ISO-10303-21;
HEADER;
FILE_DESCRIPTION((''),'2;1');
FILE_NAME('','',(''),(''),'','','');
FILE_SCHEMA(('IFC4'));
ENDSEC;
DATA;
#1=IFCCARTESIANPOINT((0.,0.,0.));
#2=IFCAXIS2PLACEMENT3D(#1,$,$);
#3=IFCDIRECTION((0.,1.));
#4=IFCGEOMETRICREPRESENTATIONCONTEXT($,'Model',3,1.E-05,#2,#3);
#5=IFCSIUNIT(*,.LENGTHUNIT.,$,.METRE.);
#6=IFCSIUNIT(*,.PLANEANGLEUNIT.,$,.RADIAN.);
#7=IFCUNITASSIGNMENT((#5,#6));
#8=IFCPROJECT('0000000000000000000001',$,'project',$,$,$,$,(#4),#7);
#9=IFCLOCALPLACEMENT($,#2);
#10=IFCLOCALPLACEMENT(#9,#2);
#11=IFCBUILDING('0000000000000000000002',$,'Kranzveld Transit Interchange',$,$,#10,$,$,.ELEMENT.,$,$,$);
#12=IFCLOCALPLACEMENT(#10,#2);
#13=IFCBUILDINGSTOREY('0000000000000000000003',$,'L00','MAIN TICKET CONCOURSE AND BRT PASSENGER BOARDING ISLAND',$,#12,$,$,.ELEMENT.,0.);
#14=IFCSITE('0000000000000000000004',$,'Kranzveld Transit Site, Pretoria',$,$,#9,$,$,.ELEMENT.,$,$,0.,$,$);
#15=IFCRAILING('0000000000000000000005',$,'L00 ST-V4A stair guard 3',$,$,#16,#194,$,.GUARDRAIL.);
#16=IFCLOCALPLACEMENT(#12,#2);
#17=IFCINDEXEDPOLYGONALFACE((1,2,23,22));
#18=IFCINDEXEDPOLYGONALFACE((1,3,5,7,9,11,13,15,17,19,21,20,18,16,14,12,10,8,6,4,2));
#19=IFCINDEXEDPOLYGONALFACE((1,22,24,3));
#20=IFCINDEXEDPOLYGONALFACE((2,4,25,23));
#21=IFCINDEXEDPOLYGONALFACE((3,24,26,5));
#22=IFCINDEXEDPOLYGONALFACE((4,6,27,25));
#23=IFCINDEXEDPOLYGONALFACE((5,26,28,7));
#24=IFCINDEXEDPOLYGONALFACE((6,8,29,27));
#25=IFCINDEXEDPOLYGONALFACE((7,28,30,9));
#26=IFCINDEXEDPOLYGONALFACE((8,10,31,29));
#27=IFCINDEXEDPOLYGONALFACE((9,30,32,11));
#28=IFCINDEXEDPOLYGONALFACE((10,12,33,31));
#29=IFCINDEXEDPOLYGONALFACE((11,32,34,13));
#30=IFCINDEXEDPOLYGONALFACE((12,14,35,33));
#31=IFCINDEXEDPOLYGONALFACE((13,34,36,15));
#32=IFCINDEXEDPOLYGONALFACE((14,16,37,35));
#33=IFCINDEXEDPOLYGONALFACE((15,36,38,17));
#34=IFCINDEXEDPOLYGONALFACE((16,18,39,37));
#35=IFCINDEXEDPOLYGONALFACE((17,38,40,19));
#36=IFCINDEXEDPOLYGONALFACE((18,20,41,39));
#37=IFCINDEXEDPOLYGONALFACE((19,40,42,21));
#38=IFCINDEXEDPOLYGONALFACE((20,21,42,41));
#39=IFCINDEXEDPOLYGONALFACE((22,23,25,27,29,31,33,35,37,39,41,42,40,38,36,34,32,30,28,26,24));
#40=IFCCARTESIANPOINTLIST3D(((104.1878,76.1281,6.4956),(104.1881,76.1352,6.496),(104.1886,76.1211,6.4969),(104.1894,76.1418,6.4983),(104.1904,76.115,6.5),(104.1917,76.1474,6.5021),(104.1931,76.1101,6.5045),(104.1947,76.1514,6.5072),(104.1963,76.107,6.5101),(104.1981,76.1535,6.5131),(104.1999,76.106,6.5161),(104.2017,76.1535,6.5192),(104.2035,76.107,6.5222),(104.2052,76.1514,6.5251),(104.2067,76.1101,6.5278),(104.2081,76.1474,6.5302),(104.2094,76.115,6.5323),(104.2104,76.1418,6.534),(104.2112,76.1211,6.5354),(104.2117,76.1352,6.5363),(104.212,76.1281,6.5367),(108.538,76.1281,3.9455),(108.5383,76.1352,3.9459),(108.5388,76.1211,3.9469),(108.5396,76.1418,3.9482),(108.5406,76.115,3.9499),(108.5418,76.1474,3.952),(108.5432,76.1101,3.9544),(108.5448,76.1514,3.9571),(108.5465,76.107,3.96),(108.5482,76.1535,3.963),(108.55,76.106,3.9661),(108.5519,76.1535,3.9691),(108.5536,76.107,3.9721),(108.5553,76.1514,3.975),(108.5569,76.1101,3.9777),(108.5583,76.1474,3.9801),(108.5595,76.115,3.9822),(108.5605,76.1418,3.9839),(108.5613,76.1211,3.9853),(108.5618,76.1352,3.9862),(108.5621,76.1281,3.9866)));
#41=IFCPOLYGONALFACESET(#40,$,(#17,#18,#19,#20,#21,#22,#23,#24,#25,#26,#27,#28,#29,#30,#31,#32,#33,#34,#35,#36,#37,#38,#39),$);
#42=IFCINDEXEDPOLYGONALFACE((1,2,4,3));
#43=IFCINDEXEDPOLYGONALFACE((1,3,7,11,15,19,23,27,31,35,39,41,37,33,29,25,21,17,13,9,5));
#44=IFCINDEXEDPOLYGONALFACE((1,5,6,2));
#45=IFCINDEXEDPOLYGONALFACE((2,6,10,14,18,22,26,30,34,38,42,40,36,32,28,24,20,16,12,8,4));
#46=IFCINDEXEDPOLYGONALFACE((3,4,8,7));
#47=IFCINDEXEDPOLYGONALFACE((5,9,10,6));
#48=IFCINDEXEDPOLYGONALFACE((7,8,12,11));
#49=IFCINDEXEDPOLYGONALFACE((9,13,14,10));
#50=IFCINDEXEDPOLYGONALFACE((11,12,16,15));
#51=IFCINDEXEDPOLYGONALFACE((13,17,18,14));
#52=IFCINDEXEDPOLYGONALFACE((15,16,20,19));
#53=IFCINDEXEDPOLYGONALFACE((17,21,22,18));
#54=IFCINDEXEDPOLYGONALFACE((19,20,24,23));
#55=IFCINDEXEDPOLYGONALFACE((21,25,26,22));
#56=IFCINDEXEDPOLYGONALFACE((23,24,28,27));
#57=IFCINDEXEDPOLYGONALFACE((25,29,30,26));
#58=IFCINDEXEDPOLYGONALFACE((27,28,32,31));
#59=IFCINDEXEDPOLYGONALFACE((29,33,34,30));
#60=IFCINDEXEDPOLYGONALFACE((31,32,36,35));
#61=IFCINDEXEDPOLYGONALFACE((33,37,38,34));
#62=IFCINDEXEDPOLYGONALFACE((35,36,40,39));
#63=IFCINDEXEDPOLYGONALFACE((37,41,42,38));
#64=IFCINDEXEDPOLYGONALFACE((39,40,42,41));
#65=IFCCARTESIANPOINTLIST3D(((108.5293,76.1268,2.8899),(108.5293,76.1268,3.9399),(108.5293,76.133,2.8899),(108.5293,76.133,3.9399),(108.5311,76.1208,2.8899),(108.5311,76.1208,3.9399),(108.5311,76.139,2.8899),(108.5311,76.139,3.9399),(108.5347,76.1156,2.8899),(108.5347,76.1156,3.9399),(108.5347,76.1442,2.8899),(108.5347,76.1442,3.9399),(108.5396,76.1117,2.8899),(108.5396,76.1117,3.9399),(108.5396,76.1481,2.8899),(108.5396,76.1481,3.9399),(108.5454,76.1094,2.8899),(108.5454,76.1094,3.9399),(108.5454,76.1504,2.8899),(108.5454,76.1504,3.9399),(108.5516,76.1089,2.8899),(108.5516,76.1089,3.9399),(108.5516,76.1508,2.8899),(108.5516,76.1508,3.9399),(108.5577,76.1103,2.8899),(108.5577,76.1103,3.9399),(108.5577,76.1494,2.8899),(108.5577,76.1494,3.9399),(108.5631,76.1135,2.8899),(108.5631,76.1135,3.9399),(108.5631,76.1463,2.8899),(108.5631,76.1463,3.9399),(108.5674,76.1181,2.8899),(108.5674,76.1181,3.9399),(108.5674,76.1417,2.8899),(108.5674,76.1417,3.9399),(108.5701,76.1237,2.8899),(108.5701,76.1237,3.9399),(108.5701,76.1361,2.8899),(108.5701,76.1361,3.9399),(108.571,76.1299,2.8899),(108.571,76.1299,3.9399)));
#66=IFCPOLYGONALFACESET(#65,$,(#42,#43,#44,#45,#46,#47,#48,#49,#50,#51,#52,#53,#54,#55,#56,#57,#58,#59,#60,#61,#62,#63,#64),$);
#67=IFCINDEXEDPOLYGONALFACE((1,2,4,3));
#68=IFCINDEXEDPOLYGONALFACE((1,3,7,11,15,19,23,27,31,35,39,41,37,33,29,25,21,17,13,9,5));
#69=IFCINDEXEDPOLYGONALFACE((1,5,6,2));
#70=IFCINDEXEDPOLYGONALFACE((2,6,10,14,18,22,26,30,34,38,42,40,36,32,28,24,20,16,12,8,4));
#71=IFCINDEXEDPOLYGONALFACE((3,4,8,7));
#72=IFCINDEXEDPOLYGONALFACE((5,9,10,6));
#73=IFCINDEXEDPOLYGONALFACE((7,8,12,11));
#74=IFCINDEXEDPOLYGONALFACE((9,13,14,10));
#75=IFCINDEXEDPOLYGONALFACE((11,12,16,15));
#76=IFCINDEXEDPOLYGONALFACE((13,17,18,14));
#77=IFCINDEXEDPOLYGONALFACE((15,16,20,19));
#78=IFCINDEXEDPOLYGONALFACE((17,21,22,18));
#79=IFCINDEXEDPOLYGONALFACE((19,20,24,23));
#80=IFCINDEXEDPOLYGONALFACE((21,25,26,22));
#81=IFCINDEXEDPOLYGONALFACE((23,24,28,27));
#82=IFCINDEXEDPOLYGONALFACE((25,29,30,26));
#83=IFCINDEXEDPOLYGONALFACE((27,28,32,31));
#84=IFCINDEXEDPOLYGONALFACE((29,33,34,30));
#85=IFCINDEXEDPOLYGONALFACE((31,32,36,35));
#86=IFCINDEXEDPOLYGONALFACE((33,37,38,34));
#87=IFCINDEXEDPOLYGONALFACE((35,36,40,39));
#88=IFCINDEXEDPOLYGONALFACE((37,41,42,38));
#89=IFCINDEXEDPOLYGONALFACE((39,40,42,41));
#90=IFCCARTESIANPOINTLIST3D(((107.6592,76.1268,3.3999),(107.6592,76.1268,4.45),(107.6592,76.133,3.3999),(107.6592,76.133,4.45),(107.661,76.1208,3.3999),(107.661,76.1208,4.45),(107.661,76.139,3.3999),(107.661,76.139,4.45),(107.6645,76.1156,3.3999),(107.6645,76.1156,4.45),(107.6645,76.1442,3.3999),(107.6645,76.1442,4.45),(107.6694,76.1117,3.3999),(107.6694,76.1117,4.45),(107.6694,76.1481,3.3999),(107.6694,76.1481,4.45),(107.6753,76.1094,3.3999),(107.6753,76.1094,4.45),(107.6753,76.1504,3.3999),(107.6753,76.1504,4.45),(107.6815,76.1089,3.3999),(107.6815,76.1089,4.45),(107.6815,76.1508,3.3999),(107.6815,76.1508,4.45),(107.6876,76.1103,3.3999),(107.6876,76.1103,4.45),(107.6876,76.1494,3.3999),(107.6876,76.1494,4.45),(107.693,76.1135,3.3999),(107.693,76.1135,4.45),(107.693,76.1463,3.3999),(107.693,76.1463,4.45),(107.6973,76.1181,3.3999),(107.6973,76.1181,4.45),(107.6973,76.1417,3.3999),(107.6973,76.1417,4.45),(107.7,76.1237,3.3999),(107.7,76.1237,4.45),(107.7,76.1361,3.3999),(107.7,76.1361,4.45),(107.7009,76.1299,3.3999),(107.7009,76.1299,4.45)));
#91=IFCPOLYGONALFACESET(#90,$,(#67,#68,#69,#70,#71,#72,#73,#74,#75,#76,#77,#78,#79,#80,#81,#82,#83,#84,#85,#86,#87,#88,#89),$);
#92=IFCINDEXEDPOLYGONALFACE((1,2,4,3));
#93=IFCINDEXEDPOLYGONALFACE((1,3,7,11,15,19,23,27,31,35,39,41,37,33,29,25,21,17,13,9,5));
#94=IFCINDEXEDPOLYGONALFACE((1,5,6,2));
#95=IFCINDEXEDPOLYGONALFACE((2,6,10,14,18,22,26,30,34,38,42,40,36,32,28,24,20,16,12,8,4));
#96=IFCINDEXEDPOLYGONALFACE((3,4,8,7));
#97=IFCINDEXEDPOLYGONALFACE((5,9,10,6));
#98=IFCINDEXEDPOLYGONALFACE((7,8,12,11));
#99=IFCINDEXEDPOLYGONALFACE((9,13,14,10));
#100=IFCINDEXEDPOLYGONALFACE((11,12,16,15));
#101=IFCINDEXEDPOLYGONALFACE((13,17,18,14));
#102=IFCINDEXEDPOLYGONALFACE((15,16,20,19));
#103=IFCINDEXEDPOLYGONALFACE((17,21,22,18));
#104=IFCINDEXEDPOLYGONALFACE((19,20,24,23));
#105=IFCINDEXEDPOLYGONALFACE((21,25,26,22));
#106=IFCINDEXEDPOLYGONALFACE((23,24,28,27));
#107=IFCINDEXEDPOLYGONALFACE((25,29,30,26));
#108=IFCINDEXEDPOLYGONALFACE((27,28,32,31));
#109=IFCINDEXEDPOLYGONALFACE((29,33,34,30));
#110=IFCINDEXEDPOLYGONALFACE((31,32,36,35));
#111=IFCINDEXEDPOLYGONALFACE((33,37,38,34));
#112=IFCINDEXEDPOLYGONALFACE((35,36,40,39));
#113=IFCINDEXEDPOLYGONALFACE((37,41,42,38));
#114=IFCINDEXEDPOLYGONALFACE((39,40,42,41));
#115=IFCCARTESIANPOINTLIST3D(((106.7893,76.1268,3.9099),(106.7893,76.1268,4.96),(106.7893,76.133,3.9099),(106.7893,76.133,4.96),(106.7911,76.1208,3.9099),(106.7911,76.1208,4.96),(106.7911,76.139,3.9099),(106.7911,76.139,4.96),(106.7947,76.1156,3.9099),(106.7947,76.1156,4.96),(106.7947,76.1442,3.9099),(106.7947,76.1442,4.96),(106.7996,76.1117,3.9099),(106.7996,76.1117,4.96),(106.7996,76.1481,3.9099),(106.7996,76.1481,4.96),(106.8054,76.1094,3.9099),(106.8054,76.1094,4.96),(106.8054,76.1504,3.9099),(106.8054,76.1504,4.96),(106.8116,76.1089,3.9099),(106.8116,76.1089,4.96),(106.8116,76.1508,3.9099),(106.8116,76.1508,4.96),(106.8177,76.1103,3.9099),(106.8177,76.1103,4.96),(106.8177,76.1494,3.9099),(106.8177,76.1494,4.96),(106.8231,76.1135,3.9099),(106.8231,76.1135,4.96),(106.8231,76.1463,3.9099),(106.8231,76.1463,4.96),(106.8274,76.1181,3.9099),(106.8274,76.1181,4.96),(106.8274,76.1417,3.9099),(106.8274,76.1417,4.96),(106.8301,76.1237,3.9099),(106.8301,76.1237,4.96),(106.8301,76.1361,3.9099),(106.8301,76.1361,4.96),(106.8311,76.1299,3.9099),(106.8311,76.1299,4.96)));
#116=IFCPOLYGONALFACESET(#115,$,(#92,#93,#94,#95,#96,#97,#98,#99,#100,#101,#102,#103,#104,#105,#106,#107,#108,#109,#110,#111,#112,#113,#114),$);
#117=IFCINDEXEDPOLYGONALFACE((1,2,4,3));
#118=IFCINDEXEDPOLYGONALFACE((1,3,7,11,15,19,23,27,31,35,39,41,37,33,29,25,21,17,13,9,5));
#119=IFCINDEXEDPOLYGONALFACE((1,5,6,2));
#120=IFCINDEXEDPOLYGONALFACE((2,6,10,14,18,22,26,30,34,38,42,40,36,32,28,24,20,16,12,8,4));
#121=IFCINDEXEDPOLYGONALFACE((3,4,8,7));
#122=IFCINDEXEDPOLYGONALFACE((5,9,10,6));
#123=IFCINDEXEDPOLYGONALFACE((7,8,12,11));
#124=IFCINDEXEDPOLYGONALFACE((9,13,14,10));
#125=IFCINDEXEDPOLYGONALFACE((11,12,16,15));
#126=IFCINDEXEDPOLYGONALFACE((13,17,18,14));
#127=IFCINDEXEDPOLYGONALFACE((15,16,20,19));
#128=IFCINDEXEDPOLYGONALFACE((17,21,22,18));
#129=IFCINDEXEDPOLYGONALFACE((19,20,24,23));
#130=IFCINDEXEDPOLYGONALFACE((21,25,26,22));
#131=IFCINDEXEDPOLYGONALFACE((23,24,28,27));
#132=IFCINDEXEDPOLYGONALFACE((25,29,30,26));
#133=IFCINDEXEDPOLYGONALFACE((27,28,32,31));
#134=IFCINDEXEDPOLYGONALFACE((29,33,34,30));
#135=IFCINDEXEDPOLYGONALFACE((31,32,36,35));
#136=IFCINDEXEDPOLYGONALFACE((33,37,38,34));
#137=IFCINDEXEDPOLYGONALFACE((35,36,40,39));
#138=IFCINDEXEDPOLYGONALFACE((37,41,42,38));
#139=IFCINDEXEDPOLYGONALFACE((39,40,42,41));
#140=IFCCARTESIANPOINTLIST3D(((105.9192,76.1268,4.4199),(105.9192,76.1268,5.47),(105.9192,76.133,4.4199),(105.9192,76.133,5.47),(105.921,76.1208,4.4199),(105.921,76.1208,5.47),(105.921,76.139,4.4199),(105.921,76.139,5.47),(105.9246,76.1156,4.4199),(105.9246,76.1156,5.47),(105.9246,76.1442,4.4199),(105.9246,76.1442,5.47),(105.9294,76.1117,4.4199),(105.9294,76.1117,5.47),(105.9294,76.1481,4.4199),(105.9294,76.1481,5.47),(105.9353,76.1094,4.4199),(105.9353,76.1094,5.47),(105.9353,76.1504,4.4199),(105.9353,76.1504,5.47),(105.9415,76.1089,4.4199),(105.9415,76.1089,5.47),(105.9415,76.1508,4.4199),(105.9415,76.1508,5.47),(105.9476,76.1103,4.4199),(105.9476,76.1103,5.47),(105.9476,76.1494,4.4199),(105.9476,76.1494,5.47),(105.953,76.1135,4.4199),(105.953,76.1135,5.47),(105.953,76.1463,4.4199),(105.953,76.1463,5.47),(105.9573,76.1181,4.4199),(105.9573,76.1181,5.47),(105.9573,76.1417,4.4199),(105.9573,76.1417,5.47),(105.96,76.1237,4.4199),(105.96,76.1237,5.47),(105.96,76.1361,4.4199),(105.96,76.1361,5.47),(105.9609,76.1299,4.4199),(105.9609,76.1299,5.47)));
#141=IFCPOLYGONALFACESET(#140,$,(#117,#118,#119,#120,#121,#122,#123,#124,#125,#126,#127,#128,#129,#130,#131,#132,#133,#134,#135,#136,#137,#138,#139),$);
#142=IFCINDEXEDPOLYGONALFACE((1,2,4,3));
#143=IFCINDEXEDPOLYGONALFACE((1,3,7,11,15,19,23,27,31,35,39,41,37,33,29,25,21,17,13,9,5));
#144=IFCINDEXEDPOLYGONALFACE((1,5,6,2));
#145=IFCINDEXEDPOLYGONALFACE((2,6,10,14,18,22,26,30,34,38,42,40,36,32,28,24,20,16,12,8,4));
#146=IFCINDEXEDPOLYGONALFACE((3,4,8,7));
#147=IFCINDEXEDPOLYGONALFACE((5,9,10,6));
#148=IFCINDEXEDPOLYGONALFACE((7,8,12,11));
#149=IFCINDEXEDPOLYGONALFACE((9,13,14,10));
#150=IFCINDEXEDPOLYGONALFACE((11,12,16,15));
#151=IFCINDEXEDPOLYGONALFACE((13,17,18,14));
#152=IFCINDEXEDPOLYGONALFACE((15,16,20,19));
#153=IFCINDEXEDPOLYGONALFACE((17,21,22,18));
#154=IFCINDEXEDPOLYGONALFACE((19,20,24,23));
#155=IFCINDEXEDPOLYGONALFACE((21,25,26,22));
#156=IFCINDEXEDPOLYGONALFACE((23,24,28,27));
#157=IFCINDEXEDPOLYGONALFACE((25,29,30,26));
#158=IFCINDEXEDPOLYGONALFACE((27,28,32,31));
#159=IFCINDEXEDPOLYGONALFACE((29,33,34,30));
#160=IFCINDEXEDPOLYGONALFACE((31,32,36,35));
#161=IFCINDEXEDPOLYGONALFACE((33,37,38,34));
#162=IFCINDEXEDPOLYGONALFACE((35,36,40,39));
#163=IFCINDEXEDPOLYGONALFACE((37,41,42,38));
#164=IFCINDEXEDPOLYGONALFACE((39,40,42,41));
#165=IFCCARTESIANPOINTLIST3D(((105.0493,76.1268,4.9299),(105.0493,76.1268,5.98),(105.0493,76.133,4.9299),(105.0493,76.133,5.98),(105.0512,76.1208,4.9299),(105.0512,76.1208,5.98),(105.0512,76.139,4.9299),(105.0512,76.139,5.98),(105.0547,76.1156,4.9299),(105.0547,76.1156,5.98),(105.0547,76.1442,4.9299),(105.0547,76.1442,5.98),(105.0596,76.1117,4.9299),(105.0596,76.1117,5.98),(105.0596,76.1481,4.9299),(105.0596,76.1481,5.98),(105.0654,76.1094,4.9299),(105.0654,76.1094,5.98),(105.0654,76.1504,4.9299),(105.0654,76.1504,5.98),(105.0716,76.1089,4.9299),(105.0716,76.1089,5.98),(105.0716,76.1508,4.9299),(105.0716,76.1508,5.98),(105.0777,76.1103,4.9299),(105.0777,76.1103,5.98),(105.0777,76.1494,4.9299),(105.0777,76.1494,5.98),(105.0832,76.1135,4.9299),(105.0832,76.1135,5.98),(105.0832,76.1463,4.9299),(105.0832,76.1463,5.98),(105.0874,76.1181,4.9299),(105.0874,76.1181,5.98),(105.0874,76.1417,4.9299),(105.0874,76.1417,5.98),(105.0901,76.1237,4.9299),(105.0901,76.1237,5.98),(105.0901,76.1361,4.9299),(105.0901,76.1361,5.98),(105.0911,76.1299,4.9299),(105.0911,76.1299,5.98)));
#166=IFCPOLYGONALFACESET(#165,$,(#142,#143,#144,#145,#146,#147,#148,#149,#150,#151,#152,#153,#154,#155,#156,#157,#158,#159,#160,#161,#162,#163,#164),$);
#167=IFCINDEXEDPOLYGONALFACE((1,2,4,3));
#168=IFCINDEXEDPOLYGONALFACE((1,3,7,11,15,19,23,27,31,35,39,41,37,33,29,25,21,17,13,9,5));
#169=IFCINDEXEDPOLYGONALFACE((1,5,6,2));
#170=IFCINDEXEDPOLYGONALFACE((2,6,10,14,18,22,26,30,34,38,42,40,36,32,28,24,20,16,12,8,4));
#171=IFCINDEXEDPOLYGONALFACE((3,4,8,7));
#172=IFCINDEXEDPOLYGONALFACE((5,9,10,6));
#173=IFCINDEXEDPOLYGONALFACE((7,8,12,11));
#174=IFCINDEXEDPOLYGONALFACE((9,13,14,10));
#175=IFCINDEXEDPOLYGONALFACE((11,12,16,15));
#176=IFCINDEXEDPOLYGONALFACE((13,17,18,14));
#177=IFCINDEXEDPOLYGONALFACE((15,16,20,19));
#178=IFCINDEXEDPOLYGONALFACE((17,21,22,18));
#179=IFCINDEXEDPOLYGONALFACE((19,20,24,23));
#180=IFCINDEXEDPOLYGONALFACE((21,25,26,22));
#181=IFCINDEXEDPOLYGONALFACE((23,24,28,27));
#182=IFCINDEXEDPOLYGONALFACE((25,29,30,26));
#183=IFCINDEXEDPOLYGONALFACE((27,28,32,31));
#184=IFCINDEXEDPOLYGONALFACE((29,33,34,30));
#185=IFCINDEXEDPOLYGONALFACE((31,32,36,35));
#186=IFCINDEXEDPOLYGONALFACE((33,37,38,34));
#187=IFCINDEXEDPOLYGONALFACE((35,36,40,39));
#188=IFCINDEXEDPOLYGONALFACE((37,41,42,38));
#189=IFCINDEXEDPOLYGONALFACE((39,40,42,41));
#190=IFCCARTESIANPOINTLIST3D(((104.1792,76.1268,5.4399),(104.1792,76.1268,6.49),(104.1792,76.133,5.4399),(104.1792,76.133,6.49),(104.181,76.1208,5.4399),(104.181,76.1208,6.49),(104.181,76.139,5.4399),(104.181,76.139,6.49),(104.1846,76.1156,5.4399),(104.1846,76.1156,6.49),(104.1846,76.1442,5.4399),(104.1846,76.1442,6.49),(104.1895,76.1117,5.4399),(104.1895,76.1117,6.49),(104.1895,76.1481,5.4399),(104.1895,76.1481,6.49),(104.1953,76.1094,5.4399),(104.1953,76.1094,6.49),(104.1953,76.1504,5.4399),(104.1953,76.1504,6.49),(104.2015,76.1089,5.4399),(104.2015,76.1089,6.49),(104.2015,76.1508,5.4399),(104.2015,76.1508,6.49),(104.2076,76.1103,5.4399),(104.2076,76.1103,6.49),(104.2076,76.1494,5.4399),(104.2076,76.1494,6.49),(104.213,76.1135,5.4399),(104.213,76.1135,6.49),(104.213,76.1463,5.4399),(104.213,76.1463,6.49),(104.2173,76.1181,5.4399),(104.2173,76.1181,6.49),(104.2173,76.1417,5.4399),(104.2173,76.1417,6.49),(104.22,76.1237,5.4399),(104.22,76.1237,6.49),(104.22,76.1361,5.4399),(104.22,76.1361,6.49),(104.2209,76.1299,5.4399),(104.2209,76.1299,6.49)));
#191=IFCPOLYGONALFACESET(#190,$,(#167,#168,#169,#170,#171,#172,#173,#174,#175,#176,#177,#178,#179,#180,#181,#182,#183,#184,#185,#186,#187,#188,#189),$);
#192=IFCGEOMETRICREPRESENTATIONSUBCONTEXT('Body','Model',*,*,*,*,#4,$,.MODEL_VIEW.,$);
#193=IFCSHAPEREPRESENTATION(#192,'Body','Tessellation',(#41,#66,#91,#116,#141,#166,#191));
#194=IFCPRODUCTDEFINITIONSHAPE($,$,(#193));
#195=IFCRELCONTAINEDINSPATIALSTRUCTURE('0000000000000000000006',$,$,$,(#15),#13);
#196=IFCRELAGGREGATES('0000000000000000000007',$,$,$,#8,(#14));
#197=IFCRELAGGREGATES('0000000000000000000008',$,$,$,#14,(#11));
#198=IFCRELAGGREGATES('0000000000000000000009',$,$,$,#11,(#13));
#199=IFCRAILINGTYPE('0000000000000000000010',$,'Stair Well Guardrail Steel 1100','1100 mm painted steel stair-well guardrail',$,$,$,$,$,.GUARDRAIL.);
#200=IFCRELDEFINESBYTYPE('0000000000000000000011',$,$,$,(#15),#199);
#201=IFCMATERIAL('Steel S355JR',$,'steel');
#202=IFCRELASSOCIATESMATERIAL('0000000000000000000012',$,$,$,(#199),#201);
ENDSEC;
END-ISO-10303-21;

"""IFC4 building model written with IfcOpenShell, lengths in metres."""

from ifc_helpers import new_model, si_unit, direction, frame, origin, origin_2d, place, context, subcontext, project, spatial, circle, extrude, material, type_object, element, save


model = new_model("IFC4")

# Units and contexts
model_context = context("Model", 3, precision=1e-05, world=origin(), true_north=direction((0.0, 1.0)))
body_context = subcontext(model_context, "Body", "Model", "MODEL_VIEW")
ifc_project = project(units=[si_unit("LENGTHUNIT", "METRE"), si_unit("PLANEANGLEUNIT", "RADIAN")], contexts=[model_context])

# Site, building, storey
site_placement = place(None, origin())
site = spatial("IfcSite", under=ifc_project, at=site_placement, Name="Kranzveld Transit Site, Pretoria", CompositionType="ELEMENT", RefElevation=0.0)
building_placement = place(site_placement, origin())
building = spatial("IfcBuilding", under=site, at=building_placement, Name="Kranzveld Transit Interchange", CompositionType="ELEMENT")
storey_placement = place(building_placement, origin())
storey = spatial("IfcBuildingStorey", under=building, at=storey_placement, Name="L00", Description="MAIN TICKET CONCOURSE AND BRT PASSENGER BOARDING ISLAND", CompositionType="ELEMENT", Elevation=0.0)

# Railing
ifc_material_1 = material(Name="Steel S355JR", Category="steel")
railing_type_1 = type_object("IfcRailingType", Name="Stair Well Guardrail Steel 1100", Description="1100 mm painted steel stair-well guardrail", PredefinedType="GUARDRAIL", material=ifc_material_1)
railing_1_placement = place(storey_placement, frame((108.55, 76.1299, 2.8899)))
element("IfcRailing", 1, at=railing_1_placement, inside=storey, type_object=railing_type_1, Name="L00 ST-V4A stair guard 3", PredefinedType="GUARDRAIL", context=body_context, shape_type="SweptSolid", body=[
    extrude(circle(Radius=0.0239, at=origin_2d()), frame((0.0, 0.0, 1.0762), z_axis=(-0.862699, 0.0, 0.505718), x_axis=(0.0, -1.0, 0.0)), (0.0, 0.0, 1.0), 5.0425),
    extrude(circle(Radius=0.021, at=origin_2d()), origin(), (0.0, 0.0, 1.0), 1.05),
    extrude(circle(Radius=0.021, at=origin_2d()), frame((-0.8701, 0.0, 0.51)), (0.0, 0.0, 1.0), 1.05),
    extrude(circle(Radius=0.021, at=origin_2d()), frame((-1.74, 0.0, 1.02)), (0.0, 0.0, 1.0), 1.05),
    extrude(circle(Radius=0.021, at=origin_2d()), frame((-2.6101, 0.0, 1.53)), (0.0, 0.0, 1.0), 1.05),
    extrude(circle(Radius=0.021, at=origin_2d()), frame((-3.48, 0.0, 2.04)), (0.0, 0.0, 1.0), 1.05),
    extrude(circle(Radius=0.021, at=origin_2d()), frame((-4.3501, 0.0, 2.55)), (0.0, 0.0, 1.0), 1.05),
])

save(model, "model.ifc")
